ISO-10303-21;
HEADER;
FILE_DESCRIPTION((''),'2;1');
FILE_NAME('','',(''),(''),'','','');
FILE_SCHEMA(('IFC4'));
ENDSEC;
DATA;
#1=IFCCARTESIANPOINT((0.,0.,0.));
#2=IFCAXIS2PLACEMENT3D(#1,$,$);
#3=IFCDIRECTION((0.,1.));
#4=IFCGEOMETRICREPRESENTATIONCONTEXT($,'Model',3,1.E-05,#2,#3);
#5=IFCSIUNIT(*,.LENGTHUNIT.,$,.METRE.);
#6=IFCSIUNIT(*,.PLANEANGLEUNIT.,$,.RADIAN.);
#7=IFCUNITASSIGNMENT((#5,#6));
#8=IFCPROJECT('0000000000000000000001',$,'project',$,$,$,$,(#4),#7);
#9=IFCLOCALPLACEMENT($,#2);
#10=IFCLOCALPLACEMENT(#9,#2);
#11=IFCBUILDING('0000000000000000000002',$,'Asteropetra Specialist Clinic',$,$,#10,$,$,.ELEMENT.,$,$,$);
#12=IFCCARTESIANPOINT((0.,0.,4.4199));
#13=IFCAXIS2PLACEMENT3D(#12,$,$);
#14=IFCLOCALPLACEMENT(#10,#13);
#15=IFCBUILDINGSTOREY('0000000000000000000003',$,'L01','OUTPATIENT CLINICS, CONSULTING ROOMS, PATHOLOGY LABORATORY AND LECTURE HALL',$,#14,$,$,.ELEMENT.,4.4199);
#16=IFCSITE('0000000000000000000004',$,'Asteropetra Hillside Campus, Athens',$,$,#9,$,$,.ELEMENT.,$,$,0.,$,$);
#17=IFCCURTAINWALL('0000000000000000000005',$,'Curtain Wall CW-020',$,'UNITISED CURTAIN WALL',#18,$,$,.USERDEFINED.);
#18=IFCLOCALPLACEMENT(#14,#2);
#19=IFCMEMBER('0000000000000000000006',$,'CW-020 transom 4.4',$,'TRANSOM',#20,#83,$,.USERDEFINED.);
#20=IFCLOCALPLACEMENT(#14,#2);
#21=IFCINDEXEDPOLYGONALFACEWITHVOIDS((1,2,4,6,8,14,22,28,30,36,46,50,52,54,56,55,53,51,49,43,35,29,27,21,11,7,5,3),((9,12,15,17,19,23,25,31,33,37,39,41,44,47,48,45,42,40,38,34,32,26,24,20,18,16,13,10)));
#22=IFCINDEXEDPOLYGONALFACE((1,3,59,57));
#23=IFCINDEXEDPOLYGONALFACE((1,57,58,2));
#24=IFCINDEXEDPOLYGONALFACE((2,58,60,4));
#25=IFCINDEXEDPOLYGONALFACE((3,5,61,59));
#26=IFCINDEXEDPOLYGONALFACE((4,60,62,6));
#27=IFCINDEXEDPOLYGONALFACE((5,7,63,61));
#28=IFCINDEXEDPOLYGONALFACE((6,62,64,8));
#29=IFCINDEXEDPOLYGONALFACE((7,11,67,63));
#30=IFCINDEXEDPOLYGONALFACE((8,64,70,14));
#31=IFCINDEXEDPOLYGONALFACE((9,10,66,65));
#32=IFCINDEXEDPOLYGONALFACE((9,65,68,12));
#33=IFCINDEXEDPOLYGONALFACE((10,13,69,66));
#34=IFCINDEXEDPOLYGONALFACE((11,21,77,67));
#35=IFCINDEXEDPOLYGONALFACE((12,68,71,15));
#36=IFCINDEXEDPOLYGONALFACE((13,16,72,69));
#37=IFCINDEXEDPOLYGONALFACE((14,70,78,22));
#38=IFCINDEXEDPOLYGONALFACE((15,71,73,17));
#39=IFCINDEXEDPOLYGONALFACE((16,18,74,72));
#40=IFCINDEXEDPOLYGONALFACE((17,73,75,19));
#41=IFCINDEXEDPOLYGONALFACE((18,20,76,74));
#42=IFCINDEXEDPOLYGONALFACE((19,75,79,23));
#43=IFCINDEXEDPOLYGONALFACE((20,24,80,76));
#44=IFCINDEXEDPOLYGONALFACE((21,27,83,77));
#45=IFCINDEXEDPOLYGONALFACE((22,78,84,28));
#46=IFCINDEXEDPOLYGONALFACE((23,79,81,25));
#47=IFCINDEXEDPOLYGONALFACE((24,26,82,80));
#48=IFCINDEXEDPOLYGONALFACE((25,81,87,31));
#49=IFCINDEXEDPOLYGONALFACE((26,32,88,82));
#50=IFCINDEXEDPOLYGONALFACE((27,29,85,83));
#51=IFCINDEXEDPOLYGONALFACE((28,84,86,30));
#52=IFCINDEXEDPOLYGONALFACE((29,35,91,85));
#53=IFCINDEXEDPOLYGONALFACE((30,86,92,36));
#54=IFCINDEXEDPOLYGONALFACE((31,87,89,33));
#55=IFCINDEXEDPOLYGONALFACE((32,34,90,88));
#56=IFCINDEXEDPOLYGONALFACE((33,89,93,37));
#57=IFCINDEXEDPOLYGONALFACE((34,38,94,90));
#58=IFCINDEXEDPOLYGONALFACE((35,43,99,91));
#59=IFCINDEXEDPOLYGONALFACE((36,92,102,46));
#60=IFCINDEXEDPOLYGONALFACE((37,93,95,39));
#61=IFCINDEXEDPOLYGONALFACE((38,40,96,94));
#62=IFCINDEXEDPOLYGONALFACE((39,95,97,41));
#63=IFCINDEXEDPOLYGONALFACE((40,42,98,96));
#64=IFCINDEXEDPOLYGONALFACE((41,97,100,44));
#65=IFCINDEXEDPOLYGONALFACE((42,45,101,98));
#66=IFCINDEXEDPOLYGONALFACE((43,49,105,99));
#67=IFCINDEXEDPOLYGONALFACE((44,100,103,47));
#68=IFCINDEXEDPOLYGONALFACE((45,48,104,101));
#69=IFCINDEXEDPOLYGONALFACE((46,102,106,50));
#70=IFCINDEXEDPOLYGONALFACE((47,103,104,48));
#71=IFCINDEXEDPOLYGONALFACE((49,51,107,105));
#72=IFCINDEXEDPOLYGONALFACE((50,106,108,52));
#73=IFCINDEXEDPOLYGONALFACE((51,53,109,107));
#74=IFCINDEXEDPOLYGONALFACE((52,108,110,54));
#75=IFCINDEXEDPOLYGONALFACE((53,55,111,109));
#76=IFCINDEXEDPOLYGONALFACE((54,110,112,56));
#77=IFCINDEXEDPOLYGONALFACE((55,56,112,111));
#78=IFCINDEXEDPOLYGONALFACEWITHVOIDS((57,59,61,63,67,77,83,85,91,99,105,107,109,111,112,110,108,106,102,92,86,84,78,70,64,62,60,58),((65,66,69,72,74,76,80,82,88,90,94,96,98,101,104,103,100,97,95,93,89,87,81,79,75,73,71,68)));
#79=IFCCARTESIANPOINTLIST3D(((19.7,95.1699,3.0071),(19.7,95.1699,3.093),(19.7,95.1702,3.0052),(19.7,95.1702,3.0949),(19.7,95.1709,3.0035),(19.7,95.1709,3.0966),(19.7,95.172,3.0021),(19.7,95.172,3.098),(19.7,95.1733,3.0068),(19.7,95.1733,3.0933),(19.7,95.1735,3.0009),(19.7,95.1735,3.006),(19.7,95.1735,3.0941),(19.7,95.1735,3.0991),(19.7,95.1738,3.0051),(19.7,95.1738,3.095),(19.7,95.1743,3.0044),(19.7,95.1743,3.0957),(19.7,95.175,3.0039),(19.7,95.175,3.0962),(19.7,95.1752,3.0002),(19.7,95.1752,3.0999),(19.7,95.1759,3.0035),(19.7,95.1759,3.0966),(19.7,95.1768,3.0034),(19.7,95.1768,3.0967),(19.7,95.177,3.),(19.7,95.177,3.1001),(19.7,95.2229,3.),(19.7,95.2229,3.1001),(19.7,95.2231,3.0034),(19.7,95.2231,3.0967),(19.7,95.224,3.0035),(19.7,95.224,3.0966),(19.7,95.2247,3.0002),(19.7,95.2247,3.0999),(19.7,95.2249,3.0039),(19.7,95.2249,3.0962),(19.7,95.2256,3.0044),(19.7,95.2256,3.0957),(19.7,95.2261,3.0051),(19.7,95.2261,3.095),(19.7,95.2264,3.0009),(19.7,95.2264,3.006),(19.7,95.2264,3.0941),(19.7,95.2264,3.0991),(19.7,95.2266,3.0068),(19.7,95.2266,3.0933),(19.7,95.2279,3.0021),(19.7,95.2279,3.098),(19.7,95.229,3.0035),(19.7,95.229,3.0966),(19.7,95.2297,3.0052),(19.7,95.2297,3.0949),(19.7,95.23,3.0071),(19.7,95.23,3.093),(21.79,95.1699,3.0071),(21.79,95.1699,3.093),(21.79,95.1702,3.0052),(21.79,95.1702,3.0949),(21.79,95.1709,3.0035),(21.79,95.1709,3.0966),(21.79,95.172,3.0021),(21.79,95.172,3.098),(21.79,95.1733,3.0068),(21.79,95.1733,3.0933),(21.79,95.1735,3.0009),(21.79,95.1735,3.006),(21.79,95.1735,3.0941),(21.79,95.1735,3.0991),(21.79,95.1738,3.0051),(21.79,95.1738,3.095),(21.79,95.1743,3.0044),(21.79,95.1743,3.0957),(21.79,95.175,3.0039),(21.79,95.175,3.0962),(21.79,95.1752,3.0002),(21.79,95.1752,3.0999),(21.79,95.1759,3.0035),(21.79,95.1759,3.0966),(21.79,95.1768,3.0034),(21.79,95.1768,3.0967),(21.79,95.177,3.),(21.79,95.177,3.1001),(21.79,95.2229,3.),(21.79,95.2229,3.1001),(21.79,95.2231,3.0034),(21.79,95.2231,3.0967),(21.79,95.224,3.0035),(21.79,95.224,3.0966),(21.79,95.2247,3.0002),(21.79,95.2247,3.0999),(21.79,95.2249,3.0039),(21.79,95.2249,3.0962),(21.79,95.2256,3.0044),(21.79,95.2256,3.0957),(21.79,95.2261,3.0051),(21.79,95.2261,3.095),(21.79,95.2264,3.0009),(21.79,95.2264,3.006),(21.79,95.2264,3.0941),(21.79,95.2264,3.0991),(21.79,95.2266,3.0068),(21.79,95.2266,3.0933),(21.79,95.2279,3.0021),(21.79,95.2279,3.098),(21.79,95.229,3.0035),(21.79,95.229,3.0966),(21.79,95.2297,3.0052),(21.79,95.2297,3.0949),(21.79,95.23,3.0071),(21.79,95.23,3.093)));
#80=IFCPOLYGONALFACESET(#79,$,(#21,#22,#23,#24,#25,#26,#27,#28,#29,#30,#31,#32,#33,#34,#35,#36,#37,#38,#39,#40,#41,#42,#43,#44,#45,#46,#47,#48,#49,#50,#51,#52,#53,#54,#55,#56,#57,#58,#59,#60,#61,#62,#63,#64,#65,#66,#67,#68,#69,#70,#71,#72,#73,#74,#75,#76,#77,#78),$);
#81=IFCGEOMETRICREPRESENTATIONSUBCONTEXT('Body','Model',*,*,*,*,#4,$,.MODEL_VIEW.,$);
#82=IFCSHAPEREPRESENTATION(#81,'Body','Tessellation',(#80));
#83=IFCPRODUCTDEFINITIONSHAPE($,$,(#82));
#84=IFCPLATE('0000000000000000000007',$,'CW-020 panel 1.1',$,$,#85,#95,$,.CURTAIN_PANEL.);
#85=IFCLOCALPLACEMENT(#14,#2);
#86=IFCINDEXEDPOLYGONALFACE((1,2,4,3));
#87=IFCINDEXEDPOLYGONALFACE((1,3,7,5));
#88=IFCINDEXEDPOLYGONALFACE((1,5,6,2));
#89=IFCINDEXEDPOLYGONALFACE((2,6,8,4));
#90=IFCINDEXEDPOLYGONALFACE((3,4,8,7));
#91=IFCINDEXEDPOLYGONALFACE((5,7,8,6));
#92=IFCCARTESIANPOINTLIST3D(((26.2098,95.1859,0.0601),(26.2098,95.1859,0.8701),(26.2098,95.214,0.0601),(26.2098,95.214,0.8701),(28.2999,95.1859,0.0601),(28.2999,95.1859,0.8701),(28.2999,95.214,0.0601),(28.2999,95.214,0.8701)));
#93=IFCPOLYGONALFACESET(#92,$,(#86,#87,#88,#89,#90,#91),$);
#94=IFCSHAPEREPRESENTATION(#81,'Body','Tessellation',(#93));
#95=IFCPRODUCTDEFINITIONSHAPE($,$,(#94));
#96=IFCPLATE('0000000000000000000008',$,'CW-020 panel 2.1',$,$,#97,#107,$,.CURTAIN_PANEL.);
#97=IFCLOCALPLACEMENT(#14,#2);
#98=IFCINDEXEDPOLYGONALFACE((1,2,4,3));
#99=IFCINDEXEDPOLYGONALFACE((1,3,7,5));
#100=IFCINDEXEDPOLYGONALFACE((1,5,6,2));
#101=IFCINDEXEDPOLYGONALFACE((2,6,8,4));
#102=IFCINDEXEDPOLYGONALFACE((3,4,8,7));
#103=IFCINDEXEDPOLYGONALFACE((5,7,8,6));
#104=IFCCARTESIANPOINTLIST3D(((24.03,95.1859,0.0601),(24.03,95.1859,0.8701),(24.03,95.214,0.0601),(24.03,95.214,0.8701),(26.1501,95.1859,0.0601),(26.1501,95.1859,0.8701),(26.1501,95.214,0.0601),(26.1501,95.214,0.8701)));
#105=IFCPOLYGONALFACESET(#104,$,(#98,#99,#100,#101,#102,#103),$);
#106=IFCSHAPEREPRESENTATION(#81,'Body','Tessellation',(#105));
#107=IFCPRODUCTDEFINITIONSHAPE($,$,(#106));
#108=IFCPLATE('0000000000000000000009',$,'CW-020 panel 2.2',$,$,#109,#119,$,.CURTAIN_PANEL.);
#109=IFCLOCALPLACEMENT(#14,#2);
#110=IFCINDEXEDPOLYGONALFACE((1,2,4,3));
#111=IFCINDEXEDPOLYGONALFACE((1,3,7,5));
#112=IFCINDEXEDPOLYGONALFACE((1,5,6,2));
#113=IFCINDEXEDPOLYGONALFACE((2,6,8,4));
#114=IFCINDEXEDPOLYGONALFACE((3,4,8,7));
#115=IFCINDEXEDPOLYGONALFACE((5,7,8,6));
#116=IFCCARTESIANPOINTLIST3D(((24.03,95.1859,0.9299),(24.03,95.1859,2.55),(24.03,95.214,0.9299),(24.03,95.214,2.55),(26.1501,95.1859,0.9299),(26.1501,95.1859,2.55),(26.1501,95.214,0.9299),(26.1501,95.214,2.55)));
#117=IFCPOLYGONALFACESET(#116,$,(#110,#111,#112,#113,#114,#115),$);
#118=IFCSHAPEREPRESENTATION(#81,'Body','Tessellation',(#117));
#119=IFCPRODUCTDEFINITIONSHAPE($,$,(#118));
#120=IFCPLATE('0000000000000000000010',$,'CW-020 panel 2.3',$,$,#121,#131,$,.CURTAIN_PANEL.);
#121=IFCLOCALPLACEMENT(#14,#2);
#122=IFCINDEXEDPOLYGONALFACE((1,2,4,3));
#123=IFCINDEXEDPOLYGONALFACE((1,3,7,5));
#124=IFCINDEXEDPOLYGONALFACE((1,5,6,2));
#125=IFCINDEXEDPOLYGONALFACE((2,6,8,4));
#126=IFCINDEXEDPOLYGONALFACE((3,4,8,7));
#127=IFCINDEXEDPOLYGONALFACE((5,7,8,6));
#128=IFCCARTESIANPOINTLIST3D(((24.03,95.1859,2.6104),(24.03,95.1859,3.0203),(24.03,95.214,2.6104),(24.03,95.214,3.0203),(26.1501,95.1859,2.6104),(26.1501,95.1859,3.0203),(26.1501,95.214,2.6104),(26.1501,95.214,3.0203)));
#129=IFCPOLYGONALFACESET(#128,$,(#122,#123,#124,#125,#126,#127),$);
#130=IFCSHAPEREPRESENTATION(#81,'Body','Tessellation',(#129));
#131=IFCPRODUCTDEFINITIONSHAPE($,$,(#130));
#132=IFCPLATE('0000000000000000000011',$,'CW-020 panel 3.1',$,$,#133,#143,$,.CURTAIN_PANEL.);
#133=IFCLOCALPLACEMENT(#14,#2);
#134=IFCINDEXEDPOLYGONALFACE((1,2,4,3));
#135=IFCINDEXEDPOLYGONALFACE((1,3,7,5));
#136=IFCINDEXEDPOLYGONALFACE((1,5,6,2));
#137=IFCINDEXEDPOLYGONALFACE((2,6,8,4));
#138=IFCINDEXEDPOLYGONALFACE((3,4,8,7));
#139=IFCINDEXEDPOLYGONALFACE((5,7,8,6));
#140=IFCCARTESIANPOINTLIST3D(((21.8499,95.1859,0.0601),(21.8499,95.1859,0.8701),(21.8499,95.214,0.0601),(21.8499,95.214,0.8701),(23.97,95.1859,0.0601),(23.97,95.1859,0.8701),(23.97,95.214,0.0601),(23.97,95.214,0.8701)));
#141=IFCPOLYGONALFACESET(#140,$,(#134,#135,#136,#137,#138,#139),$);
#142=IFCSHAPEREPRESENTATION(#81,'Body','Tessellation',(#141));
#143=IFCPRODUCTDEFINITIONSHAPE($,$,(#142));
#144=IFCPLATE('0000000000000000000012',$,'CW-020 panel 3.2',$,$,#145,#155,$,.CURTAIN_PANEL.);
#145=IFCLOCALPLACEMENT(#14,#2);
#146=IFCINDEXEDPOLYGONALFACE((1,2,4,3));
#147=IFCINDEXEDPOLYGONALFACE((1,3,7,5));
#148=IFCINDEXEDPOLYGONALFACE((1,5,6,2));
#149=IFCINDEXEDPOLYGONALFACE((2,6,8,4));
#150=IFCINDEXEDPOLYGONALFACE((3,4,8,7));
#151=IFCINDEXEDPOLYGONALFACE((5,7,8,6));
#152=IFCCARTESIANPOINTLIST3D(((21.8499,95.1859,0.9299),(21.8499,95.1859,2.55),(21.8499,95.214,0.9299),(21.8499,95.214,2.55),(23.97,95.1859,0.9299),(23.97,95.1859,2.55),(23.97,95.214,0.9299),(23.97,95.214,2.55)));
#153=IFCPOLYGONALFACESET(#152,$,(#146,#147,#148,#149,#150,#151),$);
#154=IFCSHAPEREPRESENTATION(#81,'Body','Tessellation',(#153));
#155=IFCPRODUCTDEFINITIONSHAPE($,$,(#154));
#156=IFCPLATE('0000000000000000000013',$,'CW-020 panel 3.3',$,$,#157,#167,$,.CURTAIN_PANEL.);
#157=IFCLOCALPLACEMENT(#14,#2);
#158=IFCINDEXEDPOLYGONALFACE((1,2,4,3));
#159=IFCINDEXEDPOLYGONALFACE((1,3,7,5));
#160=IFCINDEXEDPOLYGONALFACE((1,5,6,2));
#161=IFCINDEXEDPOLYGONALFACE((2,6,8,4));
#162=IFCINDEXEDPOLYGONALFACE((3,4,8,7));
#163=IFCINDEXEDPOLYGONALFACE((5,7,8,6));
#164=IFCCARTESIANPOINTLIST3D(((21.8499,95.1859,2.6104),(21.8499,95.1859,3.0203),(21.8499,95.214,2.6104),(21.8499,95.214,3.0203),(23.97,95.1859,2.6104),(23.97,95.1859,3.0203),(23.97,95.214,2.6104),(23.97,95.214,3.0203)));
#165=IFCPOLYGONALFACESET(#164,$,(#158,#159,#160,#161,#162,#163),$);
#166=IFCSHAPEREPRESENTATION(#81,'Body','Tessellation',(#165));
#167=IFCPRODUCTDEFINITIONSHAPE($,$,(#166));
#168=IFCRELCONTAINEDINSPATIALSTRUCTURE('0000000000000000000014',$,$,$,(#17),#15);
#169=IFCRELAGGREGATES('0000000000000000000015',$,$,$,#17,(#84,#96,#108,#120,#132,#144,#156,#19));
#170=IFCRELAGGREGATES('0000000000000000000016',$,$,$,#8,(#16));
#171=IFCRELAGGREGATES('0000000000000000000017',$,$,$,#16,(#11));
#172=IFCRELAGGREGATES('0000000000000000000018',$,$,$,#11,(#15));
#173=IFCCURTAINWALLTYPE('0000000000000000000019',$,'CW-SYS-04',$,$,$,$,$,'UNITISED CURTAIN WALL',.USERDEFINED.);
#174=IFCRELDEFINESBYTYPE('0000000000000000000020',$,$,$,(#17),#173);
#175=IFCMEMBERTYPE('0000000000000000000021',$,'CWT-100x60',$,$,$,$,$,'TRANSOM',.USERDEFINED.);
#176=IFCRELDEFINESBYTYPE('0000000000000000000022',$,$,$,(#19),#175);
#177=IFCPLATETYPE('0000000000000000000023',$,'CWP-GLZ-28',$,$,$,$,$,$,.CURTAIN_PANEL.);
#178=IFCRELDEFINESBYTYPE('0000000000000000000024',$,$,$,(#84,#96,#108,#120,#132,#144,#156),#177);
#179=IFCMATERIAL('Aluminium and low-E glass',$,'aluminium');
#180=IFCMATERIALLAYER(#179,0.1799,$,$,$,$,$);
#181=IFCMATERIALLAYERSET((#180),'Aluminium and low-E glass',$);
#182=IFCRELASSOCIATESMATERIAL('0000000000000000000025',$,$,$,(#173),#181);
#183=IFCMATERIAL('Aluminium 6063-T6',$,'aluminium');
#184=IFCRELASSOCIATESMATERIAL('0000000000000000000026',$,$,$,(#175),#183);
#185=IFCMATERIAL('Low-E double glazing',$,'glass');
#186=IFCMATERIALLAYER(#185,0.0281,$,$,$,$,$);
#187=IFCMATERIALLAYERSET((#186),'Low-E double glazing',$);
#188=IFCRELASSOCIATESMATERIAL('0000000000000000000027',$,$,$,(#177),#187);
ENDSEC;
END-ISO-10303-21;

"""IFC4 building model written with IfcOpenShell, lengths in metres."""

from ifc_helpers import new_model, si_unit, direction, frame, origin, origin_2d, place, context, subcontext, project, spatial, rectangle, hollow_rectangle, extrude, material, layer, layer_set, material_profile, profile_set, type_object, element, aggregate, save


model = new_model("IFC4")

# Units and contexts
model_context = context("Model", 3, precision=1e-05, world=origin(), true_north=direction((0.0, 1.0)))
body_context = subcontext(model_context, "Body", "Model", "MODEL_VIEW")
ifc_project = project(units=[si_unit("LENGTHUNIT", "METRE"), si_unit("PLANEANGLEUNIT", "RADIAN")], contexts=[model_context])

# Site, building, storey
site_placement = place(None, origin())
site = spatial("IfcSite", under=ifc_project, at=site_placement, Name="Asteropetra Hillside Campus, Athens", CompositionType="ELEMENT", RefElevation=0.0)
building_placement = place(site_placement, origin())
building = spatial("IfcBuilding", under=site, at=building_placement, Name="Asteropetra Specialist Clinic", CompositionType="ELEMENT")
storey_placement = place(building_placement, frame((0.0, 0.0, 4.4199)))
storey = spatial("IfcBuildingStorey", under=building, at=storey_placement, Name="L01", Description="OUTPATIENT CLINICS, CONSULTING ROOMS, PATHOLOGY LABORATORY AND LECTURE HALL", CompositionType="ELEMENT", Elevation=4.4199)

# Curtain wall, member, plates
ifc_material_1 = material(Name="Aluminium and low-E glass", Category="aluminium")
ifc_layer_1 = layer(ifc_material_1, 0.1799)
ifc_layer_set_1 = layer_set([ifc_layer_1], Name="Aluminium and low-E glass")
curtain_wall_type = type_object("IfcCurtainWallType", Name="CW-SYS-04", ElementType="UNITISED CURTAIN WALL", PredefinedType="USERDEFINED", material=ifc_layer_set_1)
curtain_wall_placement = place(storey_placement, origin())
curtain_wall = element("IfcCurtainWall", 1, at=curtain_wall_placement, inside=storey, type_object=curtain_wall_type, Name="Curtain Wall CW-020", ObjectType="UNITISED CURTAIN WALL", PredefinedType="USERDEFINED")
ifc_material_2 = material(Name="Aluminium 6063-T6", Category="aluminium")
ifc_material_profile_1 = material_profile(ifc_material_2, hollow_rectangle(XDim=0.0601, YDim=0.1001, WallThickness=0.0034, InnerFilletRadius=0.0034, OuterFilletRadius=0.0071, at=origin_2d()), Name="TRN 100x60x3.5")
ifc_profile_set_1 = profile_set([ifc_material_profile_1], Name="Aluminium 6063-T6")
member_type_1 = type_object("IfcMemberType", Name="CWT-100x60", ElementType="TRANSOM", PredefinedType="USERDEFINED", material=ifc_profile_set_1)
member_1_placement = place(storey_placement, frame((21.79, 95.2, 3.05), z_axis=(-1.0, 0.0, 0.0), x_axis=(0.0, -1.0, 0.0)))
member_1 = element("IfcMember", 2, at=member_1_placement, type_object=member_type_1, Name="CW-020 transom 4.4", ObjectType="TRANSOM", PredefinedType="USERDEFINED", context=body_context, shape_type="SweptSolid", body=[
    extrude(hollow_rectangle(XDim=0.0601, YDim=0.1001, WallThickness=0.0034, InnerFilletRadius=0.0034, OuterFilletRadius=0.0071, at=origin_2d()), origin(), (0.0, 0.0, 1.0), 2.0901),
])
ifc_material_3 = material(Name="Low-E double glazing", Category="glass")
ifc_layer_2 = layer(ifc_material_3, 0.0281)
ifc_layer_set_2 = layer_set([ifc_layer_2], Name="Low-E double glazing")
plate_type = type_object("IfcPlateType", Name="CWP-GLZ-28", PredefinedType="CURTAIN_PANEL", material=ifc_layer_set_2)
plate_1_placement = place(storey_placement, frame((27.2549, 95.2, 0.0601), z_axis=(0.0, 0.0, 1.0), x_axis=(-1.0, 0.0, 0.0)))
plate_1 = element("IfcPlate", 3, at=plate_1_placement, type_object=plate_type, Name="CW-020 panel 1.1", PredefinedType="CURTAIN_PANEL", context=body_context, shape_type="SweptSolid", body=[
    extrude(rectangle(XDim=2.0901, YDim=0.0281, at=origin_2d()), origin(), (0.0, 0.0, 1.0), 0.8101),
])
plate_2_placement = place(storey_placement, frame((25.0901, 95.2, 0.0601), z_axis=(0.0, 0.0, 1.0), x_axis=(-1.0, 0.0, 0.0)))
plate_2 = element("IfcPlate", 4, at=plate_2_placement, type_object=plate_type, Name="CW-020 panel 2.1", PredefinedType="CURTAIN_PANEL", context=body_context, shape_type="SweptSolid", body=[
    extrude(rectangle(XDim=2.1201, YDim=0.0281, at=origin_2d()), origin(), (0.0, 0.0, 1.0), 0.8101),
])
plate_3_placement = place(storey_placement, frame((25.0901, 95.2, 0.9299), z_axis=(0.0, 0.0, 1.0), x_axis=(-1.0, 0.0, 0.0)))
plate_3 = element("IfcPlate", 5, at=plate_3_placement, type_object=plate_type, Name="CW-020 panel 2.2", PredefinedType="CURTAIN_PANEL", context=body_context, shape_type="SweptSolid", body=[
    extrude(rectangle(XDim=2.1201, YDim=0.0281, at=origin_2d()), origin(), (0.0, 0.0, 1.0), 1.6201),
])
plate_4_placement = place(storey_placement, frame((25.0901, 95.2, 2.6104), z_axis=(0.0, 0.0, 1.0), x_axis=(-1.0, 0.0, 0.0)))
plate_4 = element("IfcPlate", 6, at=plate_4_placement, type_object=plate_type, Name="CW-020 panel 2.3", PredefinedType="CURTAIN_PANEL", context=body_context, shape_type="SweptSolid", body=[
    extrude(rectangle(XDim=2.1201, YDim=0.0281, at=origin_2d()), origin(), (0.0, 0.0, 1.0), 0.4099),
])
plate_5_placement = place(storey_placement, frame((22.9099, 95.2, 0.0601), z_axis=(0.0, 0.0, 1.0), x_axis=(-1.0, 0.0, 0.0)))
plate_5 = element("IfcPlate", 7, at=plate_5_placement, type_object=plate_type, Name="CW-020 panel 3.1", PredefinedType="CURTAIN_PANEL", context=body_context, shape_type="SweptSolid", body=[
    extrude(rectangle(XDim=2.1201, YDim=0.0281, at=origin_2d()), origin(), (0.0, 0.0, 1.0), 0.8101),
])
plate_6_placement = place(storey_placement, frame((22.9099, 95.2, 0.9299), z_axis=(0.0, 0.0, 1.0), x_axis=(-1.0, 0.0, 0.0)))
plate_6 = element("IfcPlate", 8, at=plate_6_placement, type_object=plate_type, Name="CW-020 panel 3.2", PredefinedType="CURTAIN_PANEL", context=body_context, shape_type="SweptSolid", body=[
    extrude(rectangle(XDim=2.1201, YDim=0.0281, at=origin_2d()), origin(), (0.0, 0.0, 1.0), 1.6201),
])
plate_7_placement = place(storey_placement, frame((22.9099, 95.2, 2.6104), z_axis=(0.0, 0.0, 1.0), x_axis=(-1.0, 0.0, 0.0)))
plate_7 = element("IfcPlate", 9, at=plate_7_placement, type_object=plate_type, Name="CW-020 panel 3.3", PredefinedType="CURTAIN_PANEL", context=body_context, shape_type="SweptSolid", body=[
    extrude(rectangle(XDim=2.1201, YDim=0.0281, at=origin_2d()), origin(), (0.0, 0.0, 1.0), 0.4099),
])
aggregate(curtain_wall, [plate_1, plate_2, plate_3, plate_4, plate_5, plate_6, plate_7, member_1])

save(model, "model.ifc")
